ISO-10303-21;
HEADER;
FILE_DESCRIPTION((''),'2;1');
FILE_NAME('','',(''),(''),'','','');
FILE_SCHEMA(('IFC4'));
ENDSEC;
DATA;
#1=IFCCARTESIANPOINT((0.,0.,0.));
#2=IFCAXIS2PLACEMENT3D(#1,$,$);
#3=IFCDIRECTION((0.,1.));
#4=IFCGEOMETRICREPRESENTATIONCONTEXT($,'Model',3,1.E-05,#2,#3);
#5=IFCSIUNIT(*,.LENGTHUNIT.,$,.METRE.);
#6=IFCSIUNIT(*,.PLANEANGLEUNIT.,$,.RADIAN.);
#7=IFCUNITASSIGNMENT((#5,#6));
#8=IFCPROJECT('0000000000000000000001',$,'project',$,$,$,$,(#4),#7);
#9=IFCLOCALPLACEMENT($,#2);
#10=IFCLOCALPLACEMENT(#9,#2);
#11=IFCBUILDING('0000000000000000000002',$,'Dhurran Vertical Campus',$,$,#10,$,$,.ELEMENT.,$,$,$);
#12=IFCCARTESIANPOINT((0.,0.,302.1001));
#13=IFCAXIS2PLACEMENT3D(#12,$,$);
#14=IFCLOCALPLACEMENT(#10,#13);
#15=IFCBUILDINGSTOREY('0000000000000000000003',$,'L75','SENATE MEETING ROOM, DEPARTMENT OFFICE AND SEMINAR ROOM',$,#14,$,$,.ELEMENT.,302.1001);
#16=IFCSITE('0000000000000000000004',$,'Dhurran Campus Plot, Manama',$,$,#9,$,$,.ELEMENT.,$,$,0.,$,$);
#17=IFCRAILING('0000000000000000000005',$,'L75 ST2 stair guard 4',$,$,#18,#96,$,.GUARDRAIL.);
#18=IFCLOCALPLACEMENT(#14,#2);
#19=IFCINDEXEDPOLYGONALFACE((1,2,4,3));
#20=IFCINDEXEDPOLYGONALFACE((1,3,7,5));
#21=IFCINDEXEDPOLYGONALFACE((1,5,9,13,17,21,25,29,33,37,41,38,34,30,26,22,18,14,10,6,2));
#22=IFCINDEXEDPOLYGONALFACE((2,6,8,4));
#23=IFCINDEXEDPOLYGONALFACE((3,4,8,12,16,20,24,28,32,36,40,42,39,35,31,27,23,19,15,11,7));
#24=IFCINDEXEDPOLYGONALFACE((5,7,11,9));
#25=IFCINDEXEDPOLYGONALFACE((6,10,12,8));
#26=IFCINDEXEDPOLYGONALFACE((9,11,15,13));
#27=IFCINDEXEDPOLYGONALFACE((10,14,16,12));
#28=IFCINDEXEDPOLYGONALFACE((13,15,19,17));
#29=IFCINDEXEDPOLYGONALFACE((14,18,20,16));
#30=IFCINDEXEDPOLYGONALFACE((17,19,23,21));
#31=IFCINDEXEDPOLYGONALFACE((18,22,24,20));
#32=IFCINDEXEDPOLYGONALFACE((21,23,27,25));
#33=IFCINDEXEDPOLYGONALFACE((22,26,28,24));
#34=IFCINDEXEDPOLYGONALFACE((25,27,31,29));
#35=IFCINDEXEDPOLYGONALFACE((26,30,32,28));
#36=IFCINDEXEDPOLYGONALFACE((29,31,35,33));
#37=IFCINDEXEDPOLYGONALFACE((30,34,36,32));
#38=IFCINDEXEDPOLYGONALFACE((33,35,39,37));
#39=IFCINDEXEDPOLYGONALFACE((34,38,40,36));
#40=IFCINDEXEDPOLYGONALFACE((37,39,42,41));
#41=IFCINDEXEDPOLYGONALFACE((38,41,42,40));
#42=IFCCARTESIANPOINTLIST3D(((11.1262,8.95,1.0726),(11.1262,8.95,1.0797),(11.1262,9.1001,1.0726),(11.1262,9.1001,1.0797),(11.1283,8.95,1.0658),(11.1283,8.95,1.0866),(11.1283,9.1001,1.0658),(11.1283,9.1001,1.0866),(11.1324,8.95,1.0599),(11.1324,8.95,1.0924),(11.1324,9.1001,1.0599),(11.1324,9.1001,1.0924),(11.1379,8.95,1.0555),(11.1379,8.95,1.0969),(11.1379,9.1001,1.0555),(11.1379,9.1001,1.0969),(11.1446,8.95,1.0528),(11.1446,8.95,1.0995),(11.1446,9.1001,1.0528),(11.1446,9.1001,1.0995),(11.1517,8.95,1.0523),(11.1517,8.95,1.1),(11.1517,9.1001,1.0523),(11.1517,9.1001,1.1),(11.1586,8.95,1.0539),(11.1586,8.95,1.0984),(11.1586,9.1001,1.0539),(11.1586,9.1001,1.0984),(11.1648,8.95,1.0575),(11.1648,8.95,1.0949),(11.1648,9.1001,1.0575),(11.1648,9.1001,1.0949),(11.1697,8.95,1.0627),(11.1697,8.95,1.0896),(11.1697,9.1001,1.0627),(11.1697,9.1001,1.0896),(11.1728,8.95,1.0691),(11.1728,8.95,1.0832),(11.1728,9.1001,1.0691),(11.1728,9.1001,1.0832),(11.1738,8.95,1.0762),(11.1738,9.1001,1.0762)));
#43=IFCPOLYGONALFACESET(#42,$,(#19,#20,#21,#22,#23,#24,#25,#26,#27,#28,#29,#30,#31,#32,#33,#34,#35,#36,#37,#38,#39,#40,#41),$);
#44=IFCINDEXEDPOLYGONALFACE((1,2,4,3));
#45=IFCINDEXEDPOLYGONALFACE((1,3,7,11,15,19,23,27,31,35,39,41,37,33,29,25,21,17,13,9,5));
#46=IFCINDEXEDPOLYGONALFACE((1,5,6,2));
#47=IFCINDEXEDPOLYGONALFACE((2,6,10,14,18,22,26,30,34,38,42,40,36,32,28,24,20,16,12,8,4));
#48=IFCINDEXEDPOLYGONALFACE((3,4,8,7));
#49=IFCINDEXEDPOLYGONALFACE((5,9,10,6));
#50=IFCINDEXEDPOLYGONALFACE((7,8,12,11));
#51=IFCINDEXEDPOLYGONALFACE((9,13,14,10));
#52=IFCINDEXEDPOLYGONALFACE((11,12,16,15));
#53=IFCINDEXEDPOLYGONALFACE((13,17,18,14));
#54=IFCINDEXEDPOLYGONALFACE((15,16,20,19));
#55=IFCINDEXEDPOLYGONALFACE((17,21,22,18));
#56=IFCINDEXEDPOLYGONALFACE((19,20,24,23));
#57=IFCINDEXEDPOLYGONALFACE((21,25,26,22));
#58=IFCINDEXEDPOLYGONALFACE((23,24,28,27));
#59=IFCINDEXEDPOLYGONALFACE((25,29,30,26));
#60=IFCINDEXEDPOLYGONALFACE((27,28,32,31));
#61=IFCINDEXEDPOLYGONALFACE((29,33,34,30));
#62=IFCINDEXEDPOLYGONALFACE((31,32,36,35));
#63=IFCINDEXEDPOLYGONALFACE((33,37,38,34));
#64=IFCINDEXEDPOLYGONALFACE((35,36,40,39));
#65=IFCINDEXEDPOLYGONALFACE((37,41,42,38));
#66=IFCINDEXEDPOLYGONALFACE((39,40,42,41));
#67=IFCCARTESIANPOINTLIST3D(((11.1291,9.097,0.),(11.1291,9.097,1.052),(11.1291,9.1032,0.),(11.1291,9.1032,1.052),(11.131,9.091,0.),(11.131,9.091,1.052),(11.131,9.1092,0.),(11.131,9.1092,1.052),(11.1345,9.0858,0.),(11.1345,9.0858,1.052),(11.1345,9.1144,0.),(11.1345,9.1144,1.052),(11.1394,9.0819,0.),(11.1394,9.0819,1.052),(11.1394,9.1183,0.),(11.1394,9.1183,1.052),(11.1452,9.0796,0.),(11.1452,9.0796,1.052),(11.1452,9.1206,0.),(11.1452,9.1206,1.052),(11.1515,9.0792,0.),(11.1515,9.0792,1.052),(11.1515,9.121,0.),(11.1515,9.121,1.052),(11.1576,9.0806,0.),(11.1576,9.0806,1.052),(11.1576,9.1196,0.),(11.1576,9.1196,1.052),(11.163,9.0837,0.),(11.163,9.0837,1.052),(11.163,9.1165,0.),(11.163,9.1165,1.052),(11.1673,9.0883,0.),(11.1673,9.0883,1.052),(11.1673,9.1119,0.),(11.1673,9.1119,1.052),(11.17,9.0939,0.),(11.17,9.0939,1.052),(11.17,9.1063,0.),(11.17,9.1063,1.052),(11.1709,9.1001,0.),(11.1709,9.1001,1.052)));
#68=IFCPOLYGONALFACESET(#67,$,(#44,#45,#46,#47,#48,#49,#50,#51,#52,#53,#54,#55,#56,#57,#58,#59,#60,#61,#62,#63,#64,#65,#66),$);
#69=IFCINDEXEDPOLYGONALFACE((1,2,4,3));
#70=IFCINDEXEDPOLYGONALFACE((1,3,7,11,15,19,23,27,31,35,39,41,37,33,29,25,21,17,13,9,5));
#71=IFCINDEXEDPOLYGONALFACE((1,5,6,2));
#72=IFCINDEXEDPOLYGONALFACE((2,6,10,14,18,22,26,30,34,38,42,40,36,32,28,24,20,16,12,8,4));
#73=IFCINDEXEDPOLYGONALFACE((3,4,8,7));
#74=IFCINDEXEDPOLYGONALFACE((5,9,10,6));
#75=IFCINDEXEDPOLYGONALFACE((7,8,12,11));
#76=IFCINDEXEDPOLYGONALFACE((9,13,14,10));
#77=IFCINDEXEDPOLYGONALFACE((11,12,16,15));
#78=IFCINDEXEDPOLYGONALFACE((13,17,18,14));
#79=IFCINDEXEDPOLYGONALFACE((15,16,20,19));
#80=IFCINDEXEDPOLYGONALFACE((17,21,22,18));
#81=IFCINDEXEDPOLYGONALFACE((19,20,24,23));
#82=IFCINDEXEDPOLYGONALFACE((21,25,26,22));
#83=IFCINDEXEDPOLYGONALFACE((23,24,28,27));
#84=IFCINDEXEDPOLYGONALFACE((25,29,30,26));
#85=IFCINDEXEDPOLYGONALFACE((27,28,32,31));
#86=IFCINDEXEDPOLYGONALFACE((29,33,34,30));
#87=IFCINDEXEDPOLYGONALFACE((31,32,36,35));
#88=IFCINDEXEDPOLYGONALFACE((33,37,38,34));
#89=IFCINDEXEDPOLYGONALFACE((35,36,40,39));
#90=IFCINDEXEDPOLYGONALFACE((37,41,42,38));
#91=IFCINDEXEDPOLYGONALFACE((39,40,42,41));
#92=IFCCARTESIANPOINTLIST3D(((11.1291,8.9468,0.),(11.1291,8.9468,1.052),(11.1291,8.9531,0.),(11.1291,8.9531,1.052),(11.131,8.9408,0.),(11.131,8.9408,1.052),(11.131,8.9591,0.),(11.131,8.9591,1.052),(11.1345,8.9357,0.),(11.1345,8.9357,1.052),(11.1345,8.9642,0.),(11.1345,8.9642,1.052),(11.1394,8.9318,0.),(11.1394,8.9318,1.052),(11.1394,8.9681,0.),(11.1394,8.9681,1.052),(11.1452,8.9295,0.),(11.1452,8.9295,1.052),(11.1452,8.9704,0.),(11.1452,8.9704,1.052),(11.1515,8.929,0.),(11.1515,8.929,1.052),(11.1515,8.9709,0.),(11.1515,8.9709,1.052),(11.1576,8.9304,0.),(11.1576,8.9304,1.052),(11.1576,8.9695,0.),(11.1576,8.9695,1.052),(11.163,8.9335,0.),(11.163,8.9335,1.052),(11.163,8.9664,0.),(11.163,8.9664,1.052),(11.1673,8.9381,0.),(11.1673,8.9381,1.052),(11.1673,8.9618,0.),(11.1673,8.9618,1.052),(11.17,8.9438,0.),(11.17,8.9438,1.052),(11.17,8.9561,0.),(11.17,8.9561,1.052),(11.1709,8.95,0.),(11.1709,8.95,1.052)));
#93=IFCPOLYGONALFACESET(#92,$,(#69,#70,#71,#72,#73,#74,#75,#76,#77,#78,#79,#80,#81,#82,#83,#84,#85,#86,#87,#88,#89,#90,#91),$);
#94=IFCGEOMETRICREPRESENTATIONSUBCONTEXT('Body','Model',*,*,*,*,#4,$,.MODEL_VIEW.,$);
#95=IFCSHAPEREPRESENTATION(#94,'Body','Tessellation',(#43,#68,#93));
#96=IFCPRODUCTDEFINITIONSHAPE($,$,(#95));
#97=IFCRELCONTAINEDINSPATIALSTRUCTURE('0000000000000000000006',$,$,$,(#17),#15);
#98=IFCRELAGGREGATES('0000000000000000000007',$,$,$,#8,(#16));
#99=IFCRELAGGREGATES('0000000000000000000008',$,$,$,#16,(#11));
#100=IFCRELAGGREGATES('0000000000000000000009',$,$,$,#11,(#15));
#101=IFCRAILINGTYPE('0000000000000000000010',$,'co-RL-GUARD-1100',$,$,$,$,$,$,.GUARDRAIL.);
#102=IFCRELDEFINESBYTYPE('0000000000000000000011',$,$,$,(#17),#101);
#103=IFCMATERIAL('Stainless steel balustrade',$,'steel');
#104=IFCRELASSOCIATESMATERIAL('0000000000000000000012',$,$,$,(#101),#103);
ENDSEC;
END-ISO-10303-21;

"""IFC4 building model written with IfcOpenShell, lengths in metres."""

from ifc_helpers import new_model, si_unit, direction, frame, origin, origin_2d, place, context, subcontext, project, spatial, circle, extrude, material, type_object, element, save


model = new_model("IFC4")

# Units and contexts
model_context = context("Model", 3, precision=1e-05, world=origin(), true_north=direction((0.0, 1.0)))
body_context = subcontext(model_context, "Body", "Model", "MODEL_VIEW")
ifc_project = project(units=[si_unit("LENGTHUNIT", "METRE"), si_unit("PLANEANGLEUNIT", "RADIAN")], contexts=[model_context])

# Site, building, storey
site_placement = place(None, origin())
site = spatial("IfcSite", under=ifc_project, at=site_placement, Name="Dhurran Campus Plot, Manama", CompositionType="ELEMENT", RefElevation=0.0)
building_placement = place(site_placement, origin())
building = spatial("IfcBuilding", under=site, at=building_placement, Name="Dhurran Vertical Campus", CompositionType="ELEMENT")
storey_placement = place(building_placement, frame((0.0, 0.0, 302.1001)))
storey = spatial("IfcBuildingStorey", under=building, at=storey_placement, Name="L75", Description="SENATE MEETING ROOM, DEPARTMENT OFFICE AND SEMINAR ROOM", CompositionType="ELEMENT", Elevation=302.1001)

# Railing
ifc_material_1 = material(Name="Stainless steel balustrade", Category="steel")
railing_type = type_object("IfcRailingType", Name="co-RL-GUARD-1100", PredefinedType="GUARDRAIL", material=ifc_material_1)
railing_1_placement = place(storey_placement, frame((11.1499, 9.1001, 0.0)))
element("IfcRailing", 1, at=railing_1_placement, inside=storey, type_object=railing_type, Name="L75 ST2 stair guard 4", PredefinedType="GUARDRAIL", context=body_context, shape_type="SweptSolid", body=[
    extrude(circle(Radius=0.0239, at=origin_2d()), frame((0.0, 0.0, 1.0762), z_axis=(0.0, -1.0, 0.0), x_axis=(1.0, 0.0, 0.0)), (0.0, 0.0, 1.0), 0.1501),
    extrude(circle(Radius=0.021, at=origin_2d()), origin(), (0.0, 0.0, 1.0), 1.052),
    extrude(circle(Radius=0.021, at=origin_2d()), frame((0.0, -0.1501, 0.0)), (0.0, 0.0, 1.0), 1.052),
])

save(model, "model.ifc")
